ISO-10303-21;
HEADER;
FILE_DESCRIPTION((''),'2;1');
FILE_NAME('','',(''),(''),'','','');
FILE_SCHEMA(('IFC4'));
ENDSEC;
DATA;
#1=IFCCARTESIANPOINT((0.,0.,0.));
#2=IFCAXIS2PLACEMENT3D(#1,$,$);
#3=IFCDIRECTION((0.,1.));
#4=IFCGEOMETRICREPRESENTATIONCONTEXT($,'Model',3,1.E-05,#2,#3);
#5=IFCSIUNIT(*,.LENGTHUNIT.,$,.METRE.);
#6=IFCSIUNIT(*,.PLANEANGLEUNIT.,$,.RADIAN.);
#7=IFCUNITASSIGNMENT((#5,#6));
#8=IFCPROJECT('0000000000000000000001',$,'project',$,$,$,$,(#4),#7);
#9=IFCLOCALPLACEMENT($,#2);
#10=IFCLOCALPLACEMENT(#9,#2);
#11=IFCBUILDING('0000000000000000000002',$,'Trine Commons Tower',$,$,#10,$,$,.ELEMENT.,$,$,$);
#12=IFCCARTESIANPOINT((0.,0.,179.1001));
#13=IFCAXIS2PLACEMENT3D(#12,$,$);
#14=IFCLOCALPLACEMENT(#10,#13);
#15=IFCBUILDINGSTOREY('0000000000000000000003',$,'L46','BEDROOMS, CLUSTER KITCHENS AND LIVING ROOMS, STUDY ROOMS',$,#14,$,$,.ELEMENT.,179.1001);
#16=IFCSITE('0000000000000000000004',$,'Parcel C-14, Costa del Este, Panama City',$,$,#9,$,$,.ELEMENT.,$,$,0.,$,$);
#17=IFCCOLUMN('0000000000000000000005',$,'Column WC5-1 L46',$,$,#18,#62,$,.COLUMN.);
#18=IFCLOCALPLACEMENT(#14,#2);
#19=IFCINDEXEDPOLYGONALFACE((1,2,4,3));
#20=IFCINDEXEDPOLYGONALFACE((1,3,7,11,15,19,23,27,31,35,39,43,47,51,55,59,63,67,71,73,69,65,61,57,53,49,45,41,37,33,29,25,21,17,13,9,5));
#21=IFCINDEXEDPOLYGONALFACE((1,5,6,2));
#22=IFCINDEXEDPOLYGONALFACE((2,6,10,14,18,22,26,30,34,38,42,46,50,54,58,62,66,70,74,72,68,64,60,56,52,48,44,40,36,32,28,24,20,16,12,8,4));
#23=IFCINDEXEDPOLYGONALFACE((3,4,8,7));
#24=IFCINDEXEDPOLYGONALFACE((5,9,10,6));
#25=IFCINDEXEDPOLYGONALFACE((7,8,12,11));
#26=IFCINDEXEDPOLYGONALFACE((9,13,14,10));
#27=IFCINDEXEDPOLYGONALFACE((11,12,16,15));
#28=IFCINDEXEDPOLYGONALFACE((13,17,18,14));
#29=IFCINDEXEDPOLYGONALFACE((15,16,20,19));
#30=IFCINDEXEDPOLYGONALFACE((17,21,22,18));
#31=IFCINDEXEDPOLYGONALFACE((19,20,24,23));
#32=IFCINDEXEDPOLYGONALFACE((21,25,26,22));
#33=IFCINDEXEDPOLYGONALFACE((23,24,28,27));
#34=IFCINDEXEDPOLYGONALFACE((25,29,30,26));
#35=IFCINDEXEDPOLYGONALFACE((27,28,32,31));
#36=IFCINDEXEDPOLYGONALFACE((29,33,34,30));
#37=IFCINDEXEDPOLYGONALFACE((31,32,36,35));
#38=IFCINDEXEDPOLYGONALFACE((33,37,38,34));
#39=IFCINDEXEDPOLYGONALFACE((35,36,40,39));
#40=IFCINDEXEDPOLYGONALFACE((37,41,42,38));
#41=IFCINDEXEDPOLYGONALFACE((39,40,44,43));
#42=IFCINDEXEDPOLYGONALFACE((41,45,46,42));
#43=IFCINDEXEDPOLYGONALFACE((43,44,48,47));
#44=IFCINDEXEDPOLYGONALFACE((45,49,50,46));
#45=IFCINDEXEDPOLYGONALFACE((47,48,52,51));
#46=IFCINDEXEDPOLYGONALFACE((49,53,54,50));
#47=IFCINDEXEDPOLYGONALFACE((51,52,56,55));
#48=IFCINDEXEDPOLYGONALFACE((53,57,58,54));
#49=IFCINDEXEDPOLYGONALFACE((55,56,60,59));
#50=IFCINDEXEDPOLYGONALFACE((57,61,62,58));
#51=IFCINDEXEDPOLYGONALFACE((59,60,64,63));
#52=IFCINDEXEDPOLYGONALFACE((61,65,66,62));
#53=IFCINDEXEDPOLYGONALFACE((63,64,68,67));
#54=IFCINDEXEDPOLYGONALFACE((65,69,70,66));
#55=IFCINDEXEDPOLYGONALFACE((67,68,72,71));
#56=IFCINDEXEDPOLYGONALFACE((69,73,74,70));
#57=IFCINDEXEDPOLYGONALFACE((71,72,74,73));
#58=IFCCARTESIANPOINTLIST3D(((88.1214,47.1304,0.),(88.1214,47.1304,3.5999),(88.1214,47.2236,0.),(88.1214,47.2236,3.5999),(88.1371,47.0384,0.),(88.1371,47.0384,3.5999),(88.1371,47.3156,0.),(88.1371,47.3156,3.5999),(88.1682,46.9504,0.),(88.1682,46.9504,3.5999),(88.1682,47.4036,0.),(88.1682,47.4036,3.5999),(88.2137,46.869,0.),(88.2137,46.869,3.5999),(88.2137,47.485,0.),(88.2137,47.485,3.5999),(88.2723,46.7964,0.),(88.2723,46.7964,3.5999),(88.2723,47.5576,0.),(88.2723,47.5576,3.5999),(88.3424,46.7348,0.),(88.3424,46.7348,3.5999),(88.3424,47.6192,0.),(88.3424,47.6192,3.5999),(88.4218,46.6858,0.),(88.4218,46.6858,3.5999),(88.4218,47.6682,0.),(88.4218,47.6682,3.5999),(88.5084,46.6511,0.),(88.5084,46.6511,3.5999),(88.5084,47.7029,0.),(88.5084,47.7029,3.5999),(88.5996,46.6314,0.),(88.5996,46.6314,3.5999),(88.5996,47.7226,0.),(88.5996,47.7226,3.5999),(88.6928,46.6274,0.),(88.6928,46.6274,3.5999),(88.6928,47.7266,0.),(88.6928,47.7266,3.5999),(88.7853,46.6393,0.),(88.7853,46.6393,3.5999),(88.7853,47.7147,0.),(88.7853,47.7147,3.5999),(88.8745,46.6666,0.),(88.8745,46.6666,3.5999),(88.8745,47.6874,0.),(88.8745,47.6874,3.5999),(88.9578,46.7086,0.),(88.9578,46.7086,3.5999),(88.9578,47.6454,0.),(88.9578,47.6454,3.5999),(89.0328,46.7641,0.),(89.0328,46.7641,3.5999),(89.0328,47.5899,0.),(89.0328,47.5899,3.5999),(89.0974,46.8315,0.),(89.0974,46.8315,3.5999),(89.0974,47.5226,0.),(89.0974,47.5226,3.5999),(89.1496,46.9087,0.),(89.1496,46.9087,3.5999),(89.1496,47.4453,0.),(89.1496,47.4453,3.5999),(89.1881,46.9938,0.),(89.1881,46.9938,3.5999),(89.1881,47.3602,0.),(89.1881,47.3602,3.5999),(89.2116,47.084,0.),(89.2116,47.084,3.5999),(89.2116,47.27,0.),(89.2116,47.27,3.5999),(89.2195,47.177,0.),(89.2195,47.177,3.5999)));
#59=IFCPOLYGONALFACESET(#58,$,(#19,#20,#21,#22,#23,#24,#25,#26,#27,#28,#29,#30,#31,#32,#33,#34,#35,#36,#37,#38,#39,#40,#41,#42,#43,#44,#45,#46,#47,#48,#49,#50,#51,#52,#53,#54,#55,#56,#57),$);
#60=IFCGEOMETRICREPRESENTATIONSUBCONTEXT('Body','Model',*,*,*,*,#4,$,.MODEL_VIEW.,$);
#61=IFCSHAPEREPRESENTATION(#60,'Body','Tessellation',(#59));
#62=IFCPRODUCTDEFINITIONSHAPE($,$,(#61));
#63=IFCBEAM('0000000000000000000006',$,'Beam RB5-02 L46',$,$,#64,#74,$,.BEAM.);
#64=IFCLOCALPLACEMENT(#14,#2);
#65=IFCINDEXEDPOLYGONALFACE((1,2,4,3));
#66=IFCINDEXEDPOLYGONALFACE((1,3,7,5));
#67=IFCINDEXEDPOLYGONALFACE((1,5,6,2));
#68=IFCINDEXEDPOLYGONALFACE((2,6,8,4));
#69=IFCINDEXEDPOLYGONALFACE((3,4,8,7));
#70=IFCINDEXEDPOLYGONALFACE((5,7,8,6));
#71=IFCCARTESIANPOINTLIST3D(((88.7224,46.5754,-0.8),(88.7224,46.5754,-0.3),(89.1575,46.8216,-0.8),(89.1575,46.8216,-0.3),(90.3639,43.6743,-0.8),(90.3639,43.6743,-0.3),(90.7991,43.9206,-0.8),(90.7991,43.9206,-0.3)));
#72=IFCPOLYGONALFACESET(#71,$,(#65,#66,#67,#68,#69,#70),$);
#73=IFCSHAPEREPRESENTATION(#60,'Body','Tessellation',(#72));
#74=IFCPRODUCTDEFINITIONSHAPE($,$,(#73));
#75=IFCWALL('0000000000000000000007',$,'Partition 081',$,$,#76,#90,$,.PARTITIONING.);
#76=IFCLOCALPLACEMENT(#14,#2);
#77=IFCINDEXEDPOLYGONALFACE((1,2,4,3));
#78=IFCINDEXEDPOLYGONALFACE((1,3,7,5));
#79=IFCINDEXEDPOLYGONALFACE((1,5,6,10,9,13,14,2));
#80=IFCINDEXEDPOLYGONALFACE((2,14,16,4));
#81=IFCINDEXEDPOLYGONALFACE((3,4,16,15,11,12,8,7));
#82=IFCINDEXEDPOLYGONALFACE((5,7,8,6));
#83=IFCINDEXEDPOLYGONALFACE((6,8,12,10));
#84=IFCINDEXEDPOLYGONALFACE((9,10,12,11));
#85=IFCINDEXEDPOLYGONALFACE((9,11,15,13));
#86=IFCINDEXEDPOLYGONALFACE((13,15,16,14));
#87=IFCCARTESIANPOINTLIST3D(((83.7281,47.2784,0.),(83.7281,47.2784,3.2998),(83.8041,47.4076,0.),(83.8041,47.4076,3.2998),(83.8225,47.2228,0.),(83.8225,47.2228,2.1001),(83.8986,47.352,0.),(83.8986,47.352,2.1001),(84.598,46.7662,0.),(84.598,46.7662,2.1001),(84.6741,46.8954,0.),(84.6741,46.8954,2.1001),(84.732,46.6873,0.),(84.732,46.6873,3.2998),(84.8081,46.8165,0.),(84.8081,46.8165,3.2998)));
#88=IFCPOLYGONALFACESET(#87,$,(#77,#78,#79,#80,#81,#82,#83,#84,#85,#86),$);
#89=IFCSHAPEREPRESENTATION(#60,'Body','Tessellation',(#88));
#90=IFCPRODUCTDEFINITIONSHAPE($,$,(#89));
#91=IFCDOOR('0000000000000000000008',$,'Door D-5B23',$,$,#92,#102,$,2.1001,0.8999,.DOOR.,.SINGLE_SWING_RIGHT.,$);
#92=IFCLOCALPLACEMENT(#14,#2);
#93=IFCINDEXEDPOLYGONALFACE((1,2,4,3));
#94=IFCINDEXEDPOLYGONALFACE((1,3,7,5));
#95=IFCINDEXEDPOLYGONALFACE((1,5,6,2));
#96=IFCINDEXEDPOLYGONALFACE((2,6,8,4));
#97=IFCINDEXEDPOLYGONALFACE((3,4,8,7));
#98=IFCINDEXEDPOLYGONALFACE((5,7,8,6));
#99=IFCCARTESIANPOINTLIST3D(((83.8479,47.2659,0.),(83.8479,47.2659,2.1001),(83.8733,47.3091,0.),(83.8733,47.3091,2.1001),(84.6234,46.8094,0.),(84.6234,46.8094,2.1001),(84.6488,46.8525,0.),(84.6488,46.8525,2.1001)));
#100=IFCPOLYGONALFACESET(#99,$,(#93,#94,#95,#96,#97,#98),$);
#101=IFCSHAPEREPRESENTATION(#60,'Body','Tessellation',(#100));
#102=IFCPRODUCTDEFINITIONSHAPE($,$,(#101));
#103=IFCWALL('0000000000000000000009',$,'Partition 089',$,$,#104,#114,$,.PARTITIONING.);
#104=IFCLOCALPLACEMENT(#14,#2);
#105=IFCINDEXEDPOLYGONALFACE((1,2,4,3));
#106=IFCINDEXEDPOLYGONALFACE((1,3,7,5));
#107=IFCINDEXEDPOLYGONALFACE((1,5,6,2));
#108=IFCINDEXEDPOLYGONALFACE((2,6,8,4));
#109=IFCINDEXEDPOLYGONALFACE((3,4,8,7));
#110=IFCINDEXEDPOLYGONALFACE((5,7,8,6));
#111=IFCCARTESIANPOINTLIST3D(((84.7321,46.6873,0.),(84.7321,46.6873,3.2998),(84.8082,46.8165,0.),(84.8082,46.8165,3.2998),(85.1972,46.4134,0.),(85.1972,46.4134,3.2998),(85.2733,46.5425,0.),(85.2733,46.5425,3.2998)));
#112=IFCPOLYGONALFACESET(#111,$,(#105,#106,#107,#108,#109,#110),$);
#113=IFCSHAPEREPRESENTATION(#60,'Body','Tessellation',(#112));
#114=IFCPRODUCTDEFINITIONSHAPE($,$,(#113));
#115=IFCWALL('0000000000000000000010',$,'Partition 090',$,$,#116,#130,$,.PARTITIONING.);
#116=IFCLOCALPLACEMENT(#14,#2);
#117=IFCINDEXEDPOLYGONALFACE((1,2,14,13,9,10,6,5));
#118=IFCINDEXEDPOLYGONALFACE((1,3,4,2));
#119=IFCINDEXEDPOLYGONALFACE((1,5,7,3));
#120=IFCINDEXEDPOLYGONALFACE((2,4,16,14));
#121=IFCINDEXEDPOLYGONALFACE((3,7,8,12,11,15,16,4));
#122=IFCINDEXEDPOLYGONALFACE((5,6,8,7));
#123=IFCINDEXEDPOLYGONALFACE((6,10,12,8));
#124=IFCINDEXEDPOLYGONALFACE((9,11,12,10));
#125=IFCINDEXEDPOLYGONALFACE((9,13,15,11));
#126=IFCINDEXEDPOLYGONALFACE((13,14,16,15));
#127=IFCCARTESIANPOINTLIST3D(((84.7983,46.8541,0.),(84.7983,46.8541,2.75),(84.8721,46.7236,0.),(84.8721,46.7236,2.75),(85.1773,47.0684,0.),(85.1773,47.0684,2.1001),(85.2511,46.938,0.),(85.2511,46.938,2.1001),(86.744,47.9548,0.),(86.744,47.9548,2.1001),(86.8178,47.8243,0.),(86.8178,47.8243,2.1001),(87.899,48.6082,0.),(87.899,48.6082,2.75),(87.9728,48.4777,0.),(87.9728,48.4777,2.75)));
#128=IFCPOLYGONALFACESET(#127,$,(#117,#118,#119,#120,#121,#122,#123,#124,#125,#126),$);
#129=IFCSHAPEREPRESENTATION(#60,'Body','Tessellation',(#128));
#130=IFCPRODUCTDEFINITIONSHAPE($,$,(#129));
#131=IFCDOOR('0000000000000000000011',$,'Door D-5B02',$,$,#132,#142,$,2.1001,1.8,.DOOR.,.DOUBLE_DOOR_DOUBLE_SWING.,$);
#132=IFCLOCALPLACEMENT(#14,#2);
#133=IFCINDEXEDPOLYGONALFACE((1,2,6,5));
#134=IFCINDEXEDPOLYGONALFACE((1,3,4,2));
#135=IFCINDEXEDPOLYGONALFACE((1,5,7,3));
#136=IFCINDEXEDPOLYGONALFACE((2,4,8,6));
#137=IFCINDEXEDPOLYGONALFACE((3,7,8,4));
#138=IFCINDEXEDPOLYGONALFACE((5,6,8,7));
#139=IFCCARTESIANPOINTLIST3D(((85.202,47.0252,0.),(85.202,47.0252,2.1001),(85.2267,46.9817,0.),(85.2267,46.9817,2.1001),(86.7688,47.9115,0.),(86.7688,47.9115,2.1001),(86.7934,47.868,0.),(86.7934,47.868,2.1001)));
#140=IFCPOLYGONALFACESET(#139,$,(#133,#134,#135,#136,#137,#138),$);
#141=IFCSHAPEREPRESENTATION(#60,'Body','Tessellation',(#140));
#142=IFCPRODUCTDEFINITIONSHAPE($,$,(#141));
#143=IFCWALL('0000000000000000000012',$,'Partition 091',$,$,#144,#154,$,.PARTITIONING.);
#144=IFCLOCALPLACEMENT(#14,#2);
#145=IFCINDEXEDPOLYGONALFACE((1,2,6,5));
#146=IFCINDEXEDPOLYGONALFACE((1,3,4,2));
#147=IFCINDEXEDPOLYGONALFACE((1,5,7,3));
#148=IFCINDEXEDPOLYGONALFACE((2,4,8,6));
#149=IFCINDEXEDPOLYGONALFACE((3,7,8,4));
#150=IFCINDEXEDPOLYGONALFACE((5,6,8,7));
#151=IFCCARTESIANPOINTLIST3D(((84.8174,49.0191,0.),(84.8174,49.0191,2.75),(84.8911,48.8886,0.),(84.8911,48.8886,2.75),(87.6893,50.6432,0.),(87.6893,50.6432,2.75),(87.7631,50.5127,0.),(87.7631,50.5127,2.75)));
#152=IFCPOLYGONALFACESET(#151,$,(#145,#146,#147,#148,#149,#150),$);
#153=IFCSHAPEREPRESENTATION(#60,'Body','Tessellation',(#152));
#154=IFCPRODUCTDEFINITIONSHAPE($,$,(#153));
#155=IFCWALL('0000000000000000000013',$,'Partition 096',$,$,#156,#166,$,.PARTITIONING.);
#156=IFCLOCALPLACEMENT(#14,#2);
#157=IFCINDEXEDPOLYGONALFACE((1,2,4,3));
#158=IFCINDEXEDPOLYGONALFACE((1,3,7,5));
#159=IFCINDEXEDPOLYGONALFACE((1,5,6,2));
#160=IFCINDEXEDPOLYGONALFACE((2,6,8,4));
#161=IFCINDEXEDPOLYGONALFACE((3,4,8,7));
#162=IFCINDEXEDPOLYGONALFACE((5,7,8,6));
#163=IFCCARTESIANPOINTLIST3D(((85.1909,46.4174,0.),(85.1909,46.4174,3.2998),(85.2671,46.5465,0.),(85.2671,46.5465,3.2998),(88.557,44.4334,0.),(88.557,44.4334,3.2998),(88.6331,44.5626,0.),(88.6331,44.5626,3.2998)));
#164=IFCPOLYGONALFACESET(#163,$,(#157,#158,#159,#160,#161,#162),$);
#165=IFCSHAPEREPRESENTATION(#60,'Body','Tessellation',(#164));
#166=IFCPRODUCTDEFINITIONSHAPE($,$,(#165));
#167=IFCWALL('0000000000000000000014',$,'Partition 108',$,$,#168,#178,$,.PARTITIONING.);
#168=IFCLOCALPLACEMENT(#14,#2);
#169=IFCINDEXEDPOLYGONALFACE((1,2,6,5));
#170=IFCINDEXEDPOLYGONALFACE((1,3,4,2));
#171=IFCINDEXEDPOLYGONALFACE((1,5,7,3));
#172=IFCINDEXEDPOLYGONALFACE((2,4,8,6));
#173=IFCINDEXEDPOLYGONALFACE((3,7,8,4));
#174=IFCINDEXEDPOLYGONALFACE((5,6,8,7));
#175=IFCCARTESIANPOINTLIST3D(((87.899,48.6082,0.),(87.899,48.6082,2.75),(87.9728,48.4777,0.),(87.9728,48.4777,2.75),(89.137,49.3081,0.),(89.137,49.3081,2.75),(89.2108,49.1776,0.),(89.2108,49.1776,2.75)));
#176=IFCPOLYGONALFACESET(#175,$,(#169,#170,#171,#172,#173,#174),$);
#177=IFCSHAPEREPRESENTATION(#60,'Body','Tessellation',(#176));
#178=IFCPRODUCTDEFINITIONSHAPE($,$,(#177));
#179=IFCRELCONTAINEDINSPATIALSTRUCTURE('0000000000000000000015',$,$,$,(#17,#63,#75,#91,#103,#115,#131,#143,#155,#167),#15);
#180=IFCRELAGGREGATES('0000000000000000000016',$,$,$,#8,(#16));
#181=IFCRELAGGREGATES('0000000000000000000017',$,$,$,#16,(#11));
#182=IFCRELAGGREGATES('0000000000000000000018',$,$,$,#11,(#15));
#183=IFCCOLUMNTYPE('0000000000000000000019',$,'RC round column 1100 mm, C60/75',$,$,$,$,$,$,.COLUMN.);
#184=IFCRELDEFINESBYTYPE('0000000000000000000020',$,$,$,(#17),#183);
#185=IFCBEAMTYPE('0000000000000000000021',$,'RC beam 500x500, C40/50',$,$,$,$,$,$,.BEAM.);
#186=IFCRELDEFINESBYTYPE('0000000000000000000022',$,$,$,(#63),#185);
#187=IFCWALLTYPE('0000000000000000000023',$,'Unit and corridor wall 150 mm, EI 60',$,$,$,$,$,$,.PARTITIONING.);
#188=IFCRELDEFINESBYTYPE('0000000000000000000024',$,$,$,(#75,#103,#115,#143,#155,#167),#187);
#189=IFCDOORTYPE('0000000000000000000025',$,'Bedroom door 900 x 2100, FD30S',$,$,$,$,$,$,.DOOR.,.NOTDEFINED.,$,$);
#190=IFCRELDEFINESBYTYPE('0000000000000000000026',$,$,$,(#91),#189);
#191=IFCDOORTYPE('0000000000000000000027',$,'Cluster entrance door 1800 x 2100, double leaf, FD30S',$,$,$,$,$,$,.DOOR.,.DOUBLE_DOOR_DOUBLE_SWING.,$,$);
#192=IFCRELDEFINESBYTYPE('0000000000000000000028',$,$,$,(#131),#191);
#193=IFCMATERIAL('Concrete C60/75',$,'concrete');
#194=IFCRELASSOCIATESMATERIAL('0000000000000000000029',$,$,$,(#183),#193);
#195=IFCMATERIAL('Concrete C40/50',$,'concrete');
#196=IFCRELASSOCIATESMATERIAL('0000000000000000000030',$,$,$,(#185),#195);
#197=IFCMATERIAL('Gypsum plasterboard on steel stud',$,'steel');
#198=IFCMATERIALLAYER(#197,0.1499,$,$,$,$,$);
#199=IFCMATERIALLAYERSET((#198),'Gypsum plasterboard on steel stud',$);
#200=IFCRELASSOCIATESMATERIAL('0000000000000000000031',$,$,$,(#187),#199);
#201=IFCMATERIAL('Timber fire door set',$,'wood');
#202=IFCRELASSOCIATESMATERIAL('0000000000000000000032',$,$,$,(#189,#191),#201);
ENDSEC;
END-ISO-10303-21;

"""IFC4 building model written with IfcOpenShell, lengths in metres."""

from ifc_helpers import new_model, si_unit, direction, frame, frame_2d, origin, origin_2d, place, context, subcontext, project, spatial, rectangle, circle, extrude, material, layer, layer_set, material_profile, profile_set, type_object, element, fill, save


model = new_model("IFC4")

# Units and contexts
model_context = context("Model", 3, precision=1e-05, world=origin(), true_north=direction((0.0, 1.0)))
body_context = subcontext(model_context, "Body", "Model", "MODEL_VIEW")
ifc_project = project(units=[si_unit("LENGTHUNIT", "METRE"), si_unit("PLANEANGLEUNIT", "RADIAN")], contexts=[model_context])

# Site, building, storey
site_placement = place(None, origin())
site = spatial("IfcSite", under=ifc_project, at=site_placement, Name="Parcel C-14, Costa del Este, Panama City", CompositionType="ELEMENT", RefElevation=0.0)
building_placement = place(site_placement, origin())
building = spatial("IfcBuilding", under=site, at=building_placement, Name="Trine Commons Tower", CompositionType="ELEMENT")
storey_placement = place(building_placement, frame((0.0, 0.0, 179.1001)))
storey = spatial("IfcBuildingStorey", under=building, at=storey_placement, Name="L46", Description="BEDROOMS, CLUSTER KITCHENS AND LIVING ROOMS, STUDY ROOMS", CompositionType="ELEMENT", Elevation=179.1001)

# Column
ifc_material_1 = material(Name="Concrete C60/75", Category="concrete")
ifc_material_profile_1 = material_profile(ifc_material_1, circle(Radius=0.55, at=origin_2d()), Name="RC round 1100")
ifc_profile_set_1 = profile_set([ifc_material_profile_1], Name="Concrete C60/75")
column_type = type_object("IfcColumnType", Name="RC round column 1100 mm, C60/75", PredefinedType="COLUMN", material=ifc_profile_set_1)
column_placement = place(storey_placement, frame((88.6694, 47.177, 0.0), z_axis=(0.0, 0.0, 1.0), x_axis=(1.0, 0.0, 0.0)))
element("IfcColumn", 1, at=column_placement, inside=storey, type_object=column_type, Name="Column WC5-1 L46", PredefinedType="COLUMN", context=body_context, shape_type="SweptSolid", body=[
    extrude(circle(Radius=0.55, at=origin_2d()), origin(), (0.0, 0.0, 1.0), 3.5999),
])

# Beam
ifc_material_2 = material(Name="Concrete C40/50", Category="concrete")
ifc_material_profile_2 = material_profile(ifc_material_2, rectangle(XDim=0.5, YDim=0.5, at=origin_2d()), Name="RC 500x500")
ifc_profile_set_2 = profile_set([ifc_material_profile_2], Name="Concrete C40/50")
beam_type = type_object("IfcBeamType", Name="RC beam 500x500, C40/50", PredefinedType="BEAM", material=ifc_profile_set_2)
beam_placement = place(storey_placement, frame((88.9399, 46.6985, -0.55), z_axis=(0.492475, -0.870327, 0.0), x_axis=(0.870327, 0.492475, 0.0)))
element("IfcBeam", 2, at=beam_placement, inside=storey, type_object=beam_type, Name="Beam RB5-02 L46", PredefinedType="BEAM", context=body_context, shape_type="SweptSolid", body=[
    extrude(rectangle(XDim=0.5, YDim=0.5, at=origin_2d()), origin(), (0.0, 0.0, 1.0), 3.3333),
])

# Wall, opening, door
ifc_material_3 = material(Name="Gypsum plasterboard on steel stud", Category="steel")
ifc_layer_1 = layer(ifc_material_3, 0.1499)
ifc_layer_set_1 = layer_set([ifc_layer_1], Name="Gypsum plasterboard on steel stud")
wall_type_1 = type_object("IfcWallType", Name="Unit and corridor wall 150 mm, EI 60", PredefinedType="PARTITIONING", material=ifc_layer_set_1)
wall_1_placement = place(storey_placement, frame((83.7661, 47.343, 0.0), z_axis=(0.0, 0.0, 1.0), x_axis=(0.861735, -0.507359, 0.0)))
wall_1 = element("IfcWall", 3, at=wall_1_placement, inside=storey, type_object=wall_type_1, Name="Partition 081", PredefinedType="PARTITIONING", context=body_context, shape_type="SweptSolid", body=[
    extrude(rectangle(XDim=1.165, YDim=0.1499, at=frame_2d((0.5825, 0.0))), origin(), (0.0, 0.0, 1.0), 3.2998),
])
opening_1_placement = place(wall_1_placement, frame((0.1096, 0.0, 0.0)))
opening_1 = element("IfcOpeningElement", 4, at=opening_1_placement, cuts=wall_1, PredefinedType="OPENING", context=body_context, shape_type="SweptSolid", body=[
    extrude(rectangle(XDim=0.8999, YDim=2.1001, at=frame_2d((0.45, 1.05))), frame((0.0, 0.085, 0.0), z_axis=(0.0, -1.0, 0.0), x_axis=(1.0, 0.0, 0.0)), (0.0, 0.0, 1.0), 0.1699),
])
ifc_material_4 = material(Name="Timber fire door set", Category="wood")
door_type_1 = type_object("IfcDoorType", Name="Bedroom door 900 x 2100, FD30S", OperationType="NOTDEFINED", PredefinedType="DOOR", material=ifc_material_4)
door_1_placement = place(opening_1_placement, frame((0.8999, 0.0, 0.0), z_axis=(0.0, 0.0, 1.0), x_axis=(-1.0, 0.0, 0.0)))
door_1 = element("IfcDoor", 5, at=door_1_placement, inside=storey, type_object=door_type_1, Name="Door D-5B23", OperationType="SINGLE_SWING_RIGHT", OverallHeight=2.1001, OverallWidth=0.8999, PredefinedType="DOOR", context=body_context, shape_type="SweptSolid", body=[
    extrude(rectangle(XDim=0.8999, YDim=2.1001, at=frame_2d((0.45, 1.05))), frame((0.0, 0.0249, 0.0), z_axis=(0.0, -1.0, 0.0), x_axis=(1.0, 0.0, 0.0)), (0.0, 0.0, 1.0), 0.05),
])
fill(opening_1, door_1)

# Wall
wall_2_placement = place(storey_placement, frame((84.77, 46.752, 0.0), z_axis=(0.0, 0.0, 1.0), x_axis=(0.861655, -0.507494, 0.0)))
element("IfcWall", 6, at=wall_2_placement, inside=storey, type_object=wall_type_1, Name="Partition 089", PredefinedType="PARTITIONING", context=body_context, shape_type="SweptSolid", body=[
    extrude(rectangle(XDim=0.5398, YDim=0.1499, at=frame_2d((0.27, 0.0))), origin(), (0.0, 0.0, 1.0), 3.2998),
])

# Wall, opening, door
wall_3_placement = place(storey_placement, frame((84.8352, 46.7888, 0.0), z_axis=(0.0, 0.0, 1.0), x_axis=(0.870382, 0.492378, 0.0)))
wall_3 = element("IfcWall", 7, at=wall_3_placement, inside=storey, type_object=wall_type_1, Name="Partition 090", PredefinedType="PARTITIONING", context=body_context, shape_type="SweptSolid", body=[
    extrude(rectangle(XDim=3.5625, YDim=0.1499, at=frame_2d((1.7812, 0.0))), origin(), (0.0, 0.0, 1.0), 2.75),
])
opening_2_placement = place(wall_3_placement, frame((0.4355, 0.0, 0.0)))
opening_2 = element("IfcOpeningElement", 8, at=opening_2_placement, cuts=wall_3, PredefinedType="OPENING", context=body_context, shape_type="SweptSolid", body=[
    extrude(rectangle(XDim=1.8, YDim=2.1001, at=frame_2d((0.8999, 1.05))), frame((0.0, 0.085, 0.0), z_axis=(0.0, -1.0, 0.0), x_axis=(1.0, 0.0, 0.0)), (0.0, 0.0, 1.0), 0.1699),
])
door_type_2 = type_object("IfcDoorType", Name="Cluster entrance door 1800 x 2100, double leaf, FD30S", OperationType="DOUBLE_DOOR_DOUBLE_SWING", PredefinedType="DOOR", material=ifc_material_4)
door_2_placement = place(opening_2_placement, frame((1.8, 0.0, 0.0), z_axis=(0.0, 0.0, 1.0), x_axis=(-1.0, 0.0, 0.0)))
door_2 = element("IfcDoor", 9, at=door_2_placement, inside=storey, type_object=door_type_2, Name="Door D-5B02", OperationType="DOUBLE_DOOR_DOUBLE_SWING", OverallHeight=2.1001, OverallWidth=1.8, PredefinedType="DOOR", context=body_context, shape_type="SweptSolid", body=[
    extrude(rectangle(XDim=1.8, YDim=2.1001, at=frame_2d((0.8999, 1.05))), frame((0.0, 0.0249, 0.0), z_axis=(0.0, -1.0, 0.0), x_axis=(1.0, 0.0, 0.0)), (0.0, 0.0, 1.0), 0.05),
])
fill(opening_2, door_2)

# Walls
wall_4_placement = place(storey_placement, frame((84.8542, 48.9539, 0.0), z_axis=(0.0, 0.0, 1.0), x_axis=(0.870457, 0.492245, 0.0)))
element("IfcWall", 10, at=wall_4_placement, inside=storey, type_object=wall_type_1, Name="Partition 091", PredefinedType="PARTITIONING", context=body_context, shape_type="SweptSolid", body=[
    extrude(rectangle(XDim=3.2993, YDim=0.1499, at=frame_2d((1.6497, 0.0))), origin(), (0.0, 0.0, 1.0), 2.75),
])
wall_5_placement = place(storey_placement, frame((85.229, 46.4819, 0.0), z_axis=(0.0, 0.0, 1.0), x_axis=(0.861497, -0.507763, 0.0)))
element("IfcWall", 11, at=wall_5_placement, inside=storey, type_object=wall_type_1, Name="Partition 096", PredefinedType="PARTITIONING", context=body_context, shape_type="SweptSolid", body=[
    extrude(rectangle(XDim=3.9072, YDim=0.1499, at=frame_2d((1.9536, 0.0))), origin(), (0.0, 0.0, 1.0), 3.2998),
])
wall_6_placement = place(storey_placement, frame((87.936, 48.543, 0.0), z_axis=(0.0, 0.0, 1.0), x_axis=(0.870505, 0.492159, 0.0)))
element("IfcWall", 12, at=wall_6_placement, inside=storey, type_object=wall_type_1, Name="Partition 108", PredefinedType="PARTITIONING", context=body_context, shape_type="SweptSolid", body=[
    extrude(rectangle(XDim=1.4221, YDim=0.1499, at=frame_2d((0.7109, 0.0))), origin(), (0.0, 0.0, 1.0), 2.75),
])

save(model, "model.ifc")
